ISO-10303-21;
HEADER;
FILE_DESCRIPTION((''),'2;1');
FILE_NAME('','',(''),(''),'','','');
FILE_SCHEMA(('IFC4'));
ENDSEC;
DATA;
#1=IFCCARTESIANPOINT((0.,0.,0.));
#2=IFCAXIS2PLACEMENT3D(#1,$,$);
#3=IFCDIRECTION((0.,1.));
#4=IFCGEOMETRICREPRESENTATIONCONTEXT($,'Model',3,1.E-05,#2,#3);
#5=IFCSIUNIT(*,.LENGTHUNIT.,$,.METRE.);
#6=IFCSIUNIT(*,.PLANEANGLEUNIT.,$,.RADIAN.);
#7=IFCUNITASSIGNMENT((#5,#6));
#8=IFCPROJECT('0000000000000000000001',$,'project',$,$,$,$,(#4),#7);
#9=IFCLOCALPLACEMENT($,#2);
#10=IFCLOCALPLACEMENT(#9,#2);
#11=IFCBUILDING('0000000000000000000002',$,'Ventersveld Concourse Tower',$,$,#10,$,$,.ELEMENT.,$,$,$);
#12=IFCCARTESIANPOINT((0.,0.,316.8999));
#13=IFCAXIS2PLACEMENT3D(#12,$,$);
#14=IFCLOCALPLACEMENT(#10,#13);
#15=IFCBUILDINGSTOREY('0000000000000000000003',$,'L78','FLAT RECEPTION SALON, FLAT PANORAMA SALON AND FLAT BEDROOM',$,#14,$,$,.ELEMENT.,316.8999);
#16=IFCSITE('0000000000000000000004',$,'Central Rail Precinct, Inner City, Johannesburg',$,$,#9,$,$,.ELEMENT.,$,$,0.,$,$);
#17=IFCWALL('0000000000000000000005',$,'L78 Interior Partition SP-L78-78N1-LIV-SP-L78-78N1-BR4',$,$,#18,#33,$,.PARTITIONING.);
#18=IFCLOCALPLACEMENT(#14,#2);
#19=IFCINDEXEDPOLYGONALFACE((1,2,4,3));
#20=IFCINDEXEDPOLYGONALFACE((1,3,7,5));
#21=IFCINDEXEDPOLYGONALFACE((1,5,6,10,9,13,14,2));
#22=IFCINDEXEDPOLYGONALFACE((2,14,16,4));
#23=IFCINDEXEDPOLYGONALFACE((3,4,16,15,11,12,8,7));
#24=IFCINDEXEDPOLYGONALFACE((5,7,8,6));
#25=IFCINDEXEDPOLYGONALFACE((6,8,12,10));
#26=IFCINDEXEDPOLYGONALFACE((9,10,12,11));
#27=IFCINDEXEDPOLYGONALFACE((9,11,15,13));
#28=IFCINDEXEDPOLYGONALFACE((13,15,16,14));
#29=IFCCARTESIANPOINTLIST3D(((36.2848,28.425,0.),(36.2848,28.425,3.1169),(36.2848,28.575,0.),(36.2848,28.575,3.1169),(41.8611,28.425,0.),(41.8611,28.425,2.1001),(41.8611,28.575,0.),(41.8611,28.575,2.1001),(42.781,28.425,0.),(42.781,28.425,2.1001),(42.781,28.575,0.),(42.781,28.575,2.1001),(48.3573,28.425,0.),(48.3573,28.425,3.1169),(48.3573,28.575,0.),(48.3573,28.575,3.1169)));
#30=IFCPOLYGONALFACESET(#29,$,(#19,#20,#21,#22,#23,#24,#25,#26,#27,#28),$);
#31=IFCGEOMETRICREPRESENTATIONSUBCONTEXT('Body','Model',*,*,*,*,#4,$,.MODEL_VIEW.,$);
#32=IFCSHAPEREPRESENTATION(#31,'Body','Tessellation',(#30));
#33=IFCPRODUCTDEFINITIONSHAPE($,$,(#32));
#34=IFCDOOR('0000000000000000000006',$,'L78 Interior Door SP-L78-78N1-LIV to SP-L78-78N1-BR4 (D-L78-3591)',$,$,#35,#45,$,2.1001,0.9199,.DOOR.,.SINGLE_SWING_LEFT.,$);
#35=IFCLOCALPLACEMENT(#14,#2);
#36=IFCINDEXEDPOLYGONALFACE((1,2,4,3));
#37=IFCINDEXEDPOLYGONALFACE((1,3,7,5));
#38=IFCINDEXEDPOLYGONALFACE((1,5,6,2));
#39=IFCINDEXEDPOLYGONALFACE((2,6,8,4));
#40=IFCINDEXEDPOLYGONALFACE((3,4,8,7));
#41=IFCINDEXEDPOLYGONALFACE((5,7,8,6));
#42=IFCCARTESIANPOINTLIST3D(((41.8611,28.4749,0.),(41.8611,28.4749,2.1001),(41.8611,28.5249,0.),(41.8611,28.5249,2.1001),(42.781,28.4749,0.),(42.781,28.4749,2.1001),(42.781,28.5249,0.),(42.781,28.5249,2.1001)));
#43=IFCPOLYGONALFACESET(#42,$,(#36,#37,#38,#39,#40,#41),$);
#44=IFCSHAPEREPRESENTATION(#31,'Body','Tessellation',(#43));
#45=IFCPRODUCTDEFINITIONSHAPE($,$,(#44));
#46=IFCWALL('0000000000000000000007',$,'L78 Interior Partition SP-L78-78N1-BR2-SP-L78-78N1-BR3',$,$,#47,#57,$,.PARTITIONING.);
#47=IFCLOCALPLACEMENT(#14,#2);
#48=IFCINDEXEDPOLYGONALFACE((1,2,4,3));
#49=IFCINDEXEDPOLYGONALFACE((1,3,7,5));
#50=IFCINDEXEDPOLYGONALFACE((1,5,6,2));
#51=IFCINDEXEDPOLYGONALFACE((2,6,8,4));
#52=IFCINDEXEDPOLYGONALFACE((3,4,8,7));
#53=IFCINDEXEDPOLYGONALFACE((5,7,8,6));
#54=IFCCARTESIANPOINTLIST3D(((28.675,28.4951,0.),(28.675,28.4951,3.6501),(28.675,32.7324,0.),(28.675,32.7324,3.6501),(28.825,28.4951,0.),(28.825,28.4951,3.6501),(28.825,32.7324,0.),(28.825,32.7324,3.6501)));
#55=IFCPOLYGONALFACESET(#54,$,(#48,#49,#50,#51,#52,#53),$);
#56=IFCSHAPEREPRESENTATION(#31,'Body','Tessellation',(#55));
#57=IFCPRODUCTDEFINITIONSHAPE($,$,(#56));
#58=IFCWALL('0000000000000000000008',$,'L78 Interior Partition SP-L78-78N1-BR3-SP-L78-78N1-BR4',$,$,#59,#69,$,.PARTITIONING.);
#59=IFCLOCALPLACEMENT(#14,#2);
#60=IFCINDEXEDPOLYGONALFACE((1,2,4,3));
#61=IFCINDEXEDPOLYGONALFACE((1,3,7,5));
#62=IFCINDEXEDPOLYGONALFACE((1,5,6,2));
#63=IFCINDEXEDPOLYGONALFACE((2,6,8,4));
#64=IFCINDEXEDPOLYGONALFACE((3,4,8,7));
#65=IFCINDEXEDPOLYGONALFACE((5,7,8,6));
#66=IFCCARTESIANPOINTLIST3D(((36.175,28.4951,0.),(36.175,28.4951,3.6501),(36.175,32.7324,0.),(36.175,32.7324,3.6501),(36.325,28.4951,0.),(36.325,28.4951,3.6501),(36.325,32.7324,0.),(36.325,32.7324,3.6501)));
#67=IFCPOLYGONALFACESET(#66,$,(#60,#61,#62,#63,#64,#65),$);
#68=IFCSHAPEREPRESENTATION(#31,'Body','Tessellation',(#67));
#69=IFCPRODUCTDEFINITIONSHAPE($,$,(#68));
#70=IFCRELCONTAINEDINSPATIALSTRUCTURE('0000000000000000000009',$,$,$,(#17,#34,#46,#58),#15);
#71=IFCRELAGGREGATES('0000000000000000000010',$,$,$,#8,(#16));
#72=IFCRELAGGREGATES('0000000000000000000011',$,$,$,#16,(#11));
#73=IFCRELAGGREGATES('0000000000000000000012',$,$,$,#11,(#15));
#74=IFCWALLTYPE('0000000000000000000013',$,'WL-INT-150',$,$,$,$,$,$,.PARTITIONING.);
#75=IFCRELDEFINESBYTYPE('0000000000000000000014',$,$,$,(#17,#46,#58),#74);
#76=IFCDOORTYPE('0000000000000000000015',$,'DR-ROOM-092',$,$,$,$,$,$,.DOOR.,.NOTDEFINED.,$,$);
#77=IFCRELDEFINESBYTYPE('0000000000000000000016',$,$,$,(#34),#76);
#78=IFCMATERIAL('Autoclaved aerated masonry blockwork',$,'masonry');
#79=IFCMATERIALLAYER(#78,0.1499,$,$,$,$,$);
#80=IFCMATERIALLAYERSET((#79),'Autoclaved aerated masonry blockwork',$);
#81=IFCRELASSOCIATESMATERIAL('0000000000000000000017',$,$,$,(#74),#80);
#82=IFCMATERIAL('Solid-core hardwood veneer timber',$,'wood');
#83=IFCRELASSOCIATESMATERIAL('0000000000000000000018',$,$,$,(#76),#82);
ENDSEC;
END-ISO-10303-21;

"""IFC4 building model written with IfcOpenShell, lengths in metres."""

from ifc_helpers import new_model, si_unit, direction, frame, frame_2d, origin, place, context, subcontext, project, spatial, rectangle, extrude, material, layer, layer_set, type_object, element, fill, save


model = new_model("IFC4")

# Units and contexts
model_context = context("Model", 3, precision=1e-05, world=origin(), true_north=direction((0.0, 1.0)))
body_context = subcontext(model_context, "Body", "Model", "MODEL_VIEW")
ifc_project = project(units=[si_unit("LENGTHUNIT", "METRE"), si_unit("PLANEANGLEUNIT", "RADIAN")], contexts=[model_context])

# Site, building, storey
site_placement = place(None, origin())
site = spatial("IfcSite", under=ifc_project, at=site_placement, Name="Central Rail Precinct, Inner City, Johannesburg", CompositionType="ELEMENT", RefElevation=0.0)
building_placement = place(site_placement, origin())
building = spatial("IfcBuilding", under=site, at=building_placement, Name="Ventersveld Concourse Tower", CompositionType="ELEMENT")
storey_placement = place(building_placement, frame((0.0, 0.0, 316.8999)))
storey = spatial("IfcBuildingStorey", under=building, at=storey_placement, Name="L78", Description="FLAT RECEPTION SALON, FLAT PANORAMA SALON AND FLAT BEDROOM", CompositionType="ELEMENT", Elevation=316.8999)

# Shared definitions
ifc_material_1 = material(Name="Autoclaved aerated masonry blockwork", Category="masonry")
ifc_layer = layer(ifc_material_1, 0.1499)
ifc_layer_set = layer_set([ifc_layer], Name="Autoclaved aerated masonry blockwork")
wall_type = type_object("IfcWallType", Name="WL-INT-150", PredefinedType="PARTITIONING", material=ifc_layer_set)

# Shared definitions
ifc_material_2 = material(Name="Solid-core hardwood veneer timber", Category="wood")
door_type = type_object("IfcDoorType", Name="DR-ROOM-092", OperationType="NOTDEFINED", PredefinedType="DOOR", material=ifc_material_2)

# Wall, opening, door
wall_1_placement = place(storey_placement, frame((36.2849, 28.5, 0.0), z_axis=(0.0, 0.0, 1.0), x_axis=(1.0, 0.0, 0.0)))
wall_1 = element("IfcWall", 1, at=wall_1_placement, inside=storey, type_object=wall_type, Name="L78 Interior Partition SP-L78-78N1-LIV-SP-L78-78N1-BR4", PredefinedType="PARTITIONING", context=body_context, shape_type="SweptSolid", body=[
    extrude(rectangle(XDim=12.0725, YDim=0.1499, at=frame_2d((6.0361, 0.0))), origin(), (0.0, 0.0, 1.0), 3.1169),
])
opening_1_placement = place(wall_1_placement, frame((5.5762, 0.0, 0.0)))
opening_1 = element("IfcOpeningElement", 2, at=opening_1_placement, cuts=wall_1, PredefinedType="OPENING", context=body_context, shape_type="SweptSolid", body=[
    extrude(rectangle(XDim=0.9199, YDim=2.1001, at=frame_2d((0.46, 1.05))), frame((0.0, 0.085, 0.0), z_axis=(0.0, -1.0, 0.0), x_axis=(1.0, 0.0, 0.0)), (0.0, 0.0, 1.0), 0.1699),
])
door_1_placement = place(opening_1_placement, origin())
door_1 = element("IfcDoor", 3, at=door_1_placement, inside=storey, type_object=door_type, Name="L78 Interior Door SP-L78-78N1-LIV to SP-L78-78N1-BR4 (D-L78-3591)", OperationType="SINGLE_SWING_LEFT", OverallHeight=2.1001, OverallWidth=0.9199, PredefinedType="DOOR", context=body_context, shape_type="SweptSolid", body=[
    extrude(rectangle(XDim=0.9199, YDim=2.1001, at=frame_2d((0.46, 1.05))), frame((0.0, 0.0249, 0.0), z_axis=(0.0, -1.0, 0.0), x_axis=(1.0, 0.0, 0.0)), (0.0, 0.0, 1.0), 0.05),
])
fill(opening_1, door_1)

# Walls
for number, where, z_axis, x_axis, name in (
    (4, (28.75, 28.4951, 0.0), (0.0, 0.0, 1.0), (0.0, 1.0, 0.0), "L78 Interior Partition SP-L78-78N1-BR2-SP-L78-78N1-BR3"),
    (5, (36.25, 28.4951, 0.0), (0.0, 0.0, 1.0), (0.0, 1.0, 0.0), "L78 Interior Partition SP-L78-78N1-BR3-SP-L78-78N1-BR4"),
):
    element("IfcWall", number, at=place(storey_placement, frame(where, z_axis=z_axis, x_axis=x_axis)), inside=storey, type_object=wall_type, Name=name, PredefinedType="PARTITIONING", context=body_context, shape_type="SweptSolid", body=[
        extrude(rectangle(XDim=4.2373, YDim=0.1499, at=frame_2d((2.1187, 0.0))), origin(), (0.0, 0.0, 1.0), 3.6501),
    ])

save(model, "model.ifc")
